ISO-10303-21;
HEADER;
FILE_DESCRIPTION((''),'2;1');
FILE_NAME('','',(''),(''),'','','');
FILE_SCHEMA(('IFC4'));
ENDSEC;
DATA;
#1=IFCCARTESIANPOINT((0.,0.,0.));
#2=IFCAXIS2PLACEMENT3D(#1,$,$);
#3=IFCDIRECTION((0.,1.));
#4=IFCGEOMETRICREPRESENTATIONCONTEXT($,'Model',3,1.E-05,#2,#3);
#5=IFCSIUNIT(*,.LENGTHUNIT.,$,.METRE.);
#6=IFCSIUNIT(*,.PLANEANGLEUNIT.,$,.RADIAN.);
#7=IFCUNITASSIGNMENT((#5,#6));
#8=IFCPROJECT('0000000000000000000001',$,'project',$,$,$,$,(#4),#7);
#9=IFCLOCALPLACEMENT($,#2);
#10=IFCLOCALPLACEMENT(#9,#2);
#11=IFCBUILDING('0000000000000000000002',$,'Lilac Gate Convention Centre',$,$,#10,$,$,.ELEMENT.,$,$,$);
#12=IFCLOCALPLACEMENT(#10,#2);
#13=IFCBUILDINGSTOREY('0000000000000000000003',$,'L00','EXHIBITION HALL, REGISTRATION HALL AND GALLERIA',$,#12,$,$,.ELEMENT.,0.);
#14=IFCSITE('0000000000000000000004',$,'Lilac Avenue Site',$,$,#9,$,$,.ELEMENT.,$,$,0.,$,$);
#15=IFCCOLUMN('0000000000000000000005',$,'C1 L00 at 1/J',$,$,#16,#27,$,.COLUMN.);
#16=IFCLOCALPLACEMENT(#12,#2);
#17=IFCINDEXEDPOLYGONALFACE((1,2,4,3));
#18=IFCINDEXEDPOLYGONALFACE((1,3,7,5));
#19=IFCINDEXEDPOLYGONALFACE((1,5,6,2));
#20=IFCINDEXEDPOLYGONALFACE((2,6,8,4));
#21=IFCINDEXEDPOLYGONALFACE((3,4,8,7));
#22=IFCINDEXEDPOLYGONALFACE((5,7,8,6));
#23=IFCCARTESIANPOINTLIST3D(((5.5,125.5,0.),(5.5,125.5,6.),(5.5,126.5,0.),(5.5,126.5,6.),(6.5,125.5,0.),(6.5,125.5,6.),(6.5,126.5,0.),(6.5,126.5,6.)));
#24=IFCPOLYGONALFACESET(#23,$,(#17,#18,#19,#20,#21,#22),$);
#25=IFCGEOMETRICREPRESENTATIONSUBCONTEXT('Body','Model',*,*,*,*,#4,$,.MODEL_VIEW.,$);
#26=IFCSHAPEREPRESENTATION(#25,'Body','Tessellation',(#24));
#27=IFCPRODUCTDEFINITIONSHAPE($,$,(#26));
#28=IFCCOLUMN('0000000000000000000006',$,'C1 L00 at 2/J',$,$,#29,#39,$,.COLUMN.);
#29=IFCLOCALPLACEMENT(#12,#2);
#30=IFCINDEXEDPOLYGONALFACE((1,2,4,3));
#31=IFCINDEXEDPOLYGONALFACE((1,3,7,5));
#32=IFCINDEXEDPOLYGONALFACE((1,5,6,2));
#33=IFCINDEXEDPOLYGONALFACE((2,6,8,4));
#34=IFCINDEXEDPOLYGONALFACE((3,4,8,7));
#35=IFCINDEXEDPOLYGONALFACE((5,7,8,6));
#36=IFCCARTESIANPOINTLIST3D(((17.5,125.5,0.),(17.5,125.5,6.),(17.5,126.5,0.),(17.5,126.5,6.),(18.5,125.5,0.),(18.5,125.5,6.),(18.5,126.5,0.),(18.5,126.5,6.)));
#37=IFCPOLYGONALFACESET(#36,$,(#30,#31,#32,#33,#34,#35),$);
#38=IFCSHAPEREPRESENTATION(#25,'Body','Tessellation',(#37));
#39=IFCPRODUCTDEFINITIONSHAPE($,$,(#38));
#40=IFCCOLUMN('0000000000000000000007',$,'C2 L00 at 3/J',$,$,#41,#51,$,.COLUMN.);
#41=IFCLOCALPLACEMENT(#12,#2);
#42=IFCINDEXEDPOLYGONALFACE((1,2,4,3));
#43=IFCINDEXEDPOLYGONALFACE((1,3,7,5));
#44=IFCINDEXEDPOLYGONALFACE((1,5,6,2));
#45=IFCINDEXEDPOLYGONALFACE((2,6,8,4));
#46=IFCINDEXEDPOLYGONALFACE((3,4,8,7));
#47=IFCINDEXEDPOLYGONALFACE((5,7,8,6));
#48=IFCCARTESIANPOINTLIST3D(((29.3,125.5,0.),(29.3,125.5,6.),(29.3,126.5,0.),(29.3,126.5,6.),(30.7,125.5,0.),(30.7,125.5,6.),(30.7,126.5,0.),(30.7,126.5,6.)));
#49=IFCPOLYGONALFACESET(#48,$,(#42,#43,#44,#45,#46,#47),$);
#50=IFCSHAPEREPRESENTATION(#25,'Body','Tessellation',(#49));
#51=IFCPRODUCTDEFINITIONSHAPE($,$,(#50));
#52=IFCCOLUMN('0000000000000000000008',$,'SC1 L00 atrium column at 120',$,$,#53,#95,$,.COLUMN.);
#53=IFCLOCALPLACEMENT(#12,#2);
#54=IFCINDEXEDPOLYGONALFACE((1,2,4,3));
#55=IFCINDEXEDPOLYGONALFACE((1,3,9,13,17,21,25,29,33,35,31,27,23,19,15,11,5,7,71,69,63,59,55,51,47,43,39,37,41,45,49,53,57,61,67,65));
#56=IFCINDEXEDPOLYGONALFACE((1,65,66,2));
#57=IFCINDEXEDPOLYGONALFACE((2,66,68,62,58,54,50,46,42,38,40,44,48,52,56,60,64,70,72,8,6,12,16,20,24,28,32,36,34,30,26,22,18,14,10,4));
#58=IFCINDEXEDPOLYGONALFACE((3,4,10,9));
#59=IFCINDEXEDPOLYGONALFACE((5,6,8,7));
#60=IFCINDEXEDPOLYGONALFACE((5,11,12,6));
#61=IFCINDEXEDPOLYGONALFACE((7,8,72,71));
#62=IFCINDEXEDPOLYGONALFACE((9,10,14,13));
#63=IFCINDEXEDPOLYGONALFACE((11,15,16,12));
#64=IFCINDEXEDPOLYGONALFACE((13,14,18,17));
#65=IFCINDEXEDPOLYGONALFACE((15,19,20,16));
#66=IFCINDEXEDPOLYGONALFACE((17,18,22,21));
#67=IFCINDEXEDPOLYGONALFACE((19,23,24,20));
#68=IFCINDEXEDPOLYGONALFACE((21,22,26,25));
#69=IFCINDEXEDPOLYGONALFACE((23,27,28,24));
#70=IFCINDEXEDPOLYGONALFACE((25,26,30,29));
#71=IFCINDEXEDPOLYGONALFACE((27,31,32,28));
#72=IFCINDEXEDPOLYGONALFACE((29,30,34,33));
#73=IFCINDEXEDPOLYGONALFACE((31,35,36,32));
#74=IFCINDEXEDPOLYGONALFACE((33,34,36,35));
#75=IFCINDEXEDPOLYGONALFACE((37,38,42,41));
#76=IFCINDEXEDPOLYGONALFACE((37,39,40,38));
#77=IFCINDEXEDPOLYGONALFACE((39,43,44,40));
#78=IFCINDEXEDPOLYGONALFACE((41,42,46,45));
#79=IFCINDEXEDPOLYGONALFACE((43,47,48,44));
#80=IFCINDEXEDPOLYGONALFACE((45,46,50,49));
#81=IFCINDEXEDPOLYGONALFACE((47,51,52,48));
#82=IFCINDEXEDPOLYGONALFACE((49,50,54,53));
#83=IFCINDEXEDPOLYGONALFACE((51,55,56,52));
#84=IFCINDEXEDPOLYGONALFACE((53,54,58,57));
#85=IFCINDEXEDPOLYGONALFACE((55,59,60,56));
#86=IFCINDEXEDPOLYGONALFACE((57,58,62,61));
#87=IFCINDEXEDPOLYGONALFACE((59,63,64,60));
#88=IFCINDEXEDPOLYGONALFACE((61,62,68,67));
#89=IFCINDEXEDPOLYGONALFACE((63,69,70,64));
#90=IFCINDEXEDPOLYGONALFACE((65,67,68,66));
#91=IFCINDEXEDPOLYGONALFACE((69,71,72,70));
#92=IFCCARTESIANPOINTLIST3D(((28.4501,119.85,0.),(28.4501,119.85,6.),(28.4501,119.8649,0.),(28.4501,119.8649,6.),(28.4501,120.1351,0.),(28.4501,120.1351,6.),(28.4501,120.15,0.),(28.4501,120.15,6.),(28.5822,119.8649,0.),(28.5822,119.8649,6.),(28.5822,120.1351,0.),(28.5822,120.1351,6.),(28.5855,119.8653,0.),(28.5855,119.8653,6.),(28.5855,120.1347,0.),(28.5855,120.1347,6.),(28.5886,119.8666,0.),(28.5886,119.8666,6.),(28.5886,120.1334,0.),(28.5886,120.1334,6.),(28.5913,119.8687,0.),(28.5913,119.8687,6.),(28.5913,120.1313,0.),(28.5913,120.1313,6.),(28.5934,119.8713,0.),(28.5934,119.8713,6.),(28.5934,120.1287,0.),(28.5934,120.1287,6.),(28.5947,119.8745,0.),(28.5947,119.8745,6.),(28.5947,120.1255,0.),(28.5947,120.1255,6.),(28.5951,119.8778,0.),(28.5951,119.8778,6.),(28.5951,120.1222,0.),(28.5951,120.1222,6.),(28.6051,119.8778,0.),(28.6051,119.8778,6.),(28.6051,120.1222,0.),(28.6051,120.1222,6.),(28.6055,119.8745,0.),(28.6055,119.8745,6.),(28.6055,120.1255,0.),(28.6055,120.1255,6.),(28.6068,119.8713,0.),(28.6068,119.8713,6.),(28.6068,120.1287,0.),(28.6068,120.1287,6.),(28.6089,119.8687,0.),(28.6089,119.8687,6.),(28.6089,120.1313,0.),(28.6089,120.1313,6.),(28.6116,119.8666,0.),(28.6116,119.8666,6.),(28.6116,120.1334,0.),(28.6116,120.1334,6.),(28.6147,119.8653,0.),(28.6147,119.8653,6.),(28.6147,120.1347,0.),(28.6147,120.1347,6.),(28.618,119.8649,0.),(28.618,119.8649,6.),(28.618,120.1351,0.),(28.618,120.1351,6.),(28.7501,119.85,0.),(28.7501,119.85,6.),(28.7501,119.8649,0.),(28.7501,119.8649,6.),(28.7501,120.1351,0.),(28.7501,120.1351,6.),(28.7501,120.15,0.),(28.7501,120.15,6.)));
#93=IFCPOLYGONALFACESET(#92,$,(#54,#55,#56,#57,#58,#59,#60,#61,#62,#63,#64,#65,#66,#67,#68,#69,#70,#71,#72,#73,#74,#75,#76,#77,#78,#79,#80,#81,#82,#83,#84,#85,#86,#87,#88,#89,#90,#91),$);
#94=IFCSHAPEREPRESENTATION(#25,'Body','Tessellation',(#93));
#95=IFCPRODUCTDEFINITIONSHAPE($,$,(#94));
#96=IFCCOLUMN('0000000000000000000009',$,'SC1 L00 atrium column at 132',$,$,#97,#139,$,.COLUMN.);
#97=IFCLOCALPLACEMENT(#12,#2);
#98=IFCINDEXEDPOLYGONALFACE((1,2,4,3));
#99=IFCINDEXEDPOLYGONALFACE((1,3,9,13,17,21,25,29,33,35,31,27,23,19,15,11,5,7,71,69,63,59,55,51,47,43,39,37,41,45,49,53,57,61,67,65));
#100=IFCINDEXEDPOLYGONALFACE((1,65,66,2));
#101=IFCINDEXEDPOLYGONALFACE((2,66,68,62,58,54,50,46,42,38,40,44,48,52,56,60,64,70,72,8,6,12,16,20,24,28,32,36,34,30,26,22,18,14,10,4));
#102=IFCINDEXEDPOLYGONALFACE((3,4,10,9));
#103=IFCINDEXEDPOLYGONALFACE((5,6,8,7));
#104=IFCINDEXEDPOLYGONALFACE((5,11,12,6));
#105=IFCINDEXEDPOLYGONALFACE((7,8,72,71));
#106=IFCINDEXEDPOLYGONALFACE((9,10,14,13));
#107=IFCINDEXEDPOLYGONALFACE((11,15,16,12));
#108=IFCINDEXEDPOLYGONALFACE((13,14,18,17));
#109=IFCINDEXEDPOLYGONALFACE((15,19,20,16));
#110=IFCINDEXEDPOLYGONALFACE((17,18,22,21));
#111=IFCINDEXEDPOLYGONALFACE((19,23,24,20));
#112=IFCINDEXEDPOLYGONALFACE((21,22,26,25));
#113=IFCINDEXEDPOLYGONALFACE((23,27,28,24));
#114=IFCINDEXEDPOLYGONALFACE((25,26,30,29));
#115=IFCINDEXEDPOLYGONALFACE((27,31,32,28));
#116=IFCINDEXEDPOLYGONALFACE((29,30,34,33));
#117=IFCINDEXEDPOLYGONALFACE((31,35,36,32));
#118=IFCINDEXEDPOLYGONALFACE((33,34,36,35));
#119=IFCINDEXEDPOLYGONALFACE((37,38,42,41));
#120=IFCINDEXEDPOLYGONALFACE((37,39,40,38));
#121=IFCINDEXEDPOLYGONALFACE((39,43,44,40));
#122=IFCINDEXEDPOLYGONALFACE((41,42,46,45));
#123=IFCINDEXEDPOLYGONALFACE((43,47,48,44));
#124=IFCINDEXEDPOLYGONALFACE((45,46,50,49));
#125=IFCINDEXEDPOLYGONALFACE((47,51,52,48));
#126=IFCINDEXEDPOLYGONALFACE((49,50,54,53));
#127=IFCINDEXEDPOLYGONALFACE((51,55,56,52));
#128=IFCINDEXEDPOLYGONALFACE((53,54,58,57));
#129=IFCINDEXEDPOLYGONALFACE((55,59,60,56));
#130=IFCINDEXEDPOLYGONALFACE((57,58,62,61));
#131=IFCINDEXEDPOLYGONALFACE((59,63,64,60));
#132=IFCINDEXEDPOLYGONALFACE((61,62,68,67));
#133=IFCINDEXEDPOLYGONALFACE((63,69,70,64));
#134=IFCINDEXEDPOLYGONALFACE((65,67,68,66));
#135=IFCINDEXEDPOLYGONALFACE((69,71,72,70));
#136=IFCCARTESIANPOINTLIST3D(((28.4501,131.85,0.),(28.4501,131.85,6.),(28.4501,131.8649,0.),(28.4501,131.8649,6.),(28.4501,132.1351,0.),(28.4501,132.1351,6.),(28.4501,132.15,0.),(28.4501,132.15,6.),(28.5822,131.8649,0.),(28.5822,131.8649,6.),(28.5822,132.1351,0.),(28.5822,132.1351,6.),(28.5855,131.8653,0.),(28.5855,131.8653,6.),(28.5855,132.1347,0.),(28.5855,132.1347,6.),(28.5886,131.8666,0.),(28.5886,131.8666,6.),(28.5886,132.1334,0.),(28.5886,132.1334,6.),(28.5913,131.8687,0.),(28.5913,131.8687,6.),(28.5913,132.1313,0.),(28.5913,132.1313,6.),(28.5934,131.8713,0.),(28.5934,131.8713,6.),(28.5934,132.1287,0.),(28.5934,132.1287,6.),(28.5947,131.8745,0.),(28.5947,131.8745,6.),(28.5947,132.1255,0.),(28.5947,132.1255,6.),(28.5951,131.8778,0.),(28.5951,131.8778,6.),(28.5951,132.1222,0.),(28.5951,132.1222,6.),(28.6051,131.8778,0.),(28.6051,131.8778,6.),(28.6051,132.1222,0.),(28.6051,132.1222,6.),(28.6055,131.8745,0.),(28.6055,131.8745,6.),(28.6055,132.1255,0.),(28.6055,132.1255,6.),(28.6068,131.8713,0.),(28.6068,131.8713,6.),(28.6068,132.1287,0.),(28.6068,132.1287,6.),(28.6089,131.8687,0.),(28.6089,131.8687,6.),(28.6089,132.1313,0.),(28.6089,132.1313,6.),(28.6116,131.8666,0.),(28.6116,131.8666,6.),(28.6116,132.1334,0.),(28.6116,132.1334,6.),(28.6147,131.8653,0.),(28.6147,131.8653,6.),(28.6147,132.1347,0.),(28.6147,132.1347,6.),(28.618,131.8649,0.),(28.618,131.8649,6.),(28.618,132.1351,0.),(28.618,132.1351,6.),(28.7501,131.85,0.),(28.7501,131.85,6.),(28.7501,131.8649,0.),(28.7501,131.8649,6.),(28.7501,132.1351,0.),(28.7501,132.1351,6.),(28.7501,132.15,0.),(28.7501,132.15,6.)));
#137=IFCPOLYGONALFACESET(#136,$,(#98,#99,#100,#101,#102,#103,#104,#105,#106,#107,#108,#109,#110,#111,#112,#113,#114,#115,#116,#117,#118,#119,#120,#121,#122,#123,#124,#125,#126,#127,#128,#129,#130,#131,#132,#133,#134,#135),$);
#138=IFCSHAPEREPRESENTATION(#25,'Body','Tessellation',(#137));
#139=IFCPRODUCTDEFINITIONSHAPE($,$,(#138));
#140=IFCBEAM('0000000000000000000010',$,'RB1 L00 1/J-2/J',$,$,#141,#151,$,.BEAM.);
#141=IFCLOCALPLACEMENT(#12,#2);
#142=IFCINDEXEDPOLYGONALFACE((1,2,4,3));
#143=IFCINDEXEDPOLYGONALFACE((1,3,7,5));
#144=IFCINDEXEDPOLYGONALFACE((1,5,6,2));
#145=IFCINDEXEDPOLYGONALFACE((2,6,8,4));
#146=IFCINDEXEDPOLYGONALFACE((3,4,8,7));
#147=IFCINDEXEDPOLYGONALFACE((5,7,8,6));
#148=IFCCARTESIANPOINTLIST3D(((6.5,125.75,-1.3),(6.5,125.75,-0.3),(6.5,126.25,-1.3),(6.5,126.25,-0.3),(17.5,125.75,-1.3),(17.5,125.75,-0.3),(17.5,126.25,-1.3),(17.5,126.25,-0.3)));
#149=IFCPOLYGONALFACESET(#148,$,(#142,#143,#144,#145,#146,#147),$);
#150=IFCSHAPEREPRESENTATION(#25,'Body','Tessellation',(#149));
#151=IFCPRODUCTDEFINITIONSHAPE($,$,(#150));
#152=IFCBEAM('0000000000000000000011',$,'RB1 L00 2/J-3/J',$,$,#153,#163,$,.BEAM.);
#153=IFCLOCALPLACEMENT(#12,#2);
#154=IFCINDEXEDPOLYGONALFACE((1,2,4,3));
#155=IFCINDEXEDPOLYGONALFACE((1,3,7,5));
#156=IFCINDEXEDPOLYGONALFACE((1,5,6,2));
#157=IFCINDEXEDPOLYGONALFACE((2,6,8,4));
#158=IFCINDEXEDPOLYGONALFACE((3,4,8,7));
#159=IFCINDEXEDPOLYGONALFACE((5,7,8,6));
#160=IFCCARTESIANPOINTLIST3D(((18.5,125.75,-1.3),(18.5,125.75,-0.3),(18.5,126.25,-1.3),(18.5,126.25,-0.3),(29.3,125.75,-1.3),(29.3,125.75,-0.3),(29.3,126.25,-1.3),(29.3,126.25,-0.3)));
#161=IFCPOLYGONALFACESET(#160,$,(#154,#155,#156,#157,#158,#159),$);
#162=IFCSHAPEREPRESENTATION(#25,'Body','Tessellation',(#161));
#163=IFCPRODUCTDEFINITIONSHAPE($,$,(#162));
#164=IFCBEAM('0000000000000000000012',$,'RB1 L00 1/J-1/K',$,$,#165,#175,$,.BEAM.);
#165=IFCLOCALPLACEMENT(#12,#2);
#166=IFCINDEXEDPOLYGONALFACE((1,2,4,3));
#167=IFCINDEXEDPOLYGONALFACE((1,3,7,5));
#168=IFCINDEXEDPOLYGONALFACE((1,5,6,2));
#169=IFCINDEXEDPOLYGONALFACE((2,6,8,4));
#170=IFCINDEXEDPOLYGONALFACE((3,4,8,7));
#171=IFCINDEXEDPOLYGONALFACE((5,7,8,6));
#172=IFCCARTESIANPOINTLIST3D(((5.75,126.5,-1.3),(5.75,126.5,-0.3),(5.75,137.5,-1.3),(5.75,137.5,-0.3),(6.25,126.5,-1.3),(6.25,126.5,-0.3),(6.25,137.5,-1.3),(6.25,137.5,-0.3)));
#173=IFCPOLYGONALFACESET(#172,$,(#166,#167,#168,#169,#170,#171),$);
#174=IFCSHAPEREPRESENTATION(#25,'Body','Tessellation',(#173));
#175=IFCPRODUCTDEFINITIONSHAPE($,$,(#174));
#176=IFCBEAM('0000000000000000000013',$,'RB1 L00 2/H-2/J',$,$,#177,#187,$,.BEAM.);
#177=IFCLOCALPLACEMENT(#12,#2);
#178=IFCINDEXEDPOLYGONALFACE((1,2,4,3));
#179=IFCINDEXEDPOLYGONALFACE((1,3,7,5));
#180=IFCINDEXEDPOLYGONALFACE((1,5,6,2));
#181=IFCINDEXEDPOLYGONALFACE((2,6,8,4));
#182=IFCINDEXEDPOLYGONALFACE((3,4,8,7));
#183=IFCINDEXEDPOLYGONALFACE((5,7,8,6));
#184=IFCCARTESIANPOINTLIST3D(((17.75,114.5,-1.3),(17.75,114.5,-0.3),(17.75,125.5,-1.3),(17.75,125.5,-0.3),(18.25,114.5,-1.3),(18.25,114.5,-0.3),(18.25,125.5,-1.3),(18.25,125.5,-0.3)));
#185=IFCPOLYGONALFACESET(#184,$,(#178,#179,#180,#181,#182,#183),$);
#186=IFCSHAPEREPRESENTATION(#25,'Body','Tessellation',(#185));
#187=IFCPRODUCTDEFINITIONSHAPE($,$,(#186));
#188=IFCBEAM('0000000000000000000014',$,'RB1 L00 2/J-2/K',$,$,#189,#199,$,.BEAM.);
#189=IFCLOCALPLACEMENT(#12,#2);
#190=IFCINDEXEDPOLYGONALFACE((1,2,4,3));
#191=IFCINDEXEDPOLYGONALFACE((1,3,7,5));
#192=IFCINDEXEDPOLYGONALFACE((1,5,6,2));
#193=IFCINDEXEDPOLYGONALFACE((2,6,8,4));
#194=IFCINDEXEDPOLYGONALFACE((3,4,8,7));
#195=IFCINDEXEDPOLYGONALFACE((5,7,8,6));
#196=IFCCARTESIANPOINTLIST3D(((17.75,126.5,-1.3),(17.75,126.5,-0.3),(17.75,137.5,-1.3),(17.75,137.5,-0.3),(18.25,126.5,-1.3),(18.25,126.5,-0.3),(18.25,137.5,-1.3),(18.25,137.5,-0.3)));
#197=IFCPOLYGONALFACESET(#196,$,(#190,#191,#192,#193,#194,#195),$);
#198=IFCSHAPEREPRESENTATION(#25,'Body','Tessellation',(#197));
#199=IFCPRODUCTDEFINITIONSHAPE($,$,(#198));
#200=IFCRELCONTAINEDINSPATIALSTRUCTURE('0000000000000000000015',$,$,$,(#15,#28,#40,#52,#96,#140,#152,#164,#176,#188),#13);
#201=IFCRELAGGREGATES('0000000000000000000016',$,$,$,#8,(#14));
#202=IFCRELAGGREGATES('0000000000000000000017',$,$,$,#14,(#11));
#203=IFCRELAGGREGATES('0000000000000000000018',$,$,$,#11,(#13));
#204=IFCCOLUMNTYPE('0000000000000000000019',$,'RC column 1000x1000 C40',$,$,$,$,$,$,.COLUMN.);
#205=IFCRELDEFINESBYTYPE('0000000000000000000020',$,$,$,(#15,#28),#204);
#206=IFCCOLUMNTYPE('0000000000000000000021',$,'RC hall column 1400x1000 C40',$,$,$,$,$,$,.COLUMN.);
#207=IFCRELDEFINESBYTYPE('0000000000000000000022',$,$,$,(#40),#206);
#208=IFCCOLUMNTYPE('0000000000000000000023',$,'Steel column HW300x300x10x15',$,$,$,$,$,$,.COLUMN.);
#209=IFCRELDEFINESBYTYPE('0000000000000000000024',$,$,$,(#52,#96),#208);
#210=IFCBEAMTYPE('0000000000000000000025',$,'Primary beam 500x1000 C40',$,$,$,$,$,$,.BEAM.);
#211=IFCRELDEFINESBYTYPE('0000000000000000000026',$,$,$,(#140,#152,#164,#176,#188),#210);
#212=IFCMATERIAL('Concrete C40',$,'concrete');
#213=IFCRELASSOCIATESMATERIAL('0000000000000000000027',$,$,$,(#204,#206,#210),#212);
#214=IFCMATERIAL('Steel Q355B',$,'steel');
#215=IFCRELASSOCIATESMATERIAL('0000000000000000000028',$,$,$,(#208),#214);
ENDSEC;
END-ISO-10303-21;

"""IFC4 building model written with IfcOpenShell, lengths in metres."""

from ifc_helpers import new_model, si_unit, direction, frame, origin, origin_2d, place, context, subcontext, project, spatial, rectangle, i_section, extrude, material, material_profile, profile_set, type_object, element, save


model = new_model("IFC4")

# Units and contexts
model_context = context("Model", 3, precision=1e-05, world=origin(), true_north=direction((0.0, 1.0)))
body_context = subcontext(model_context, "Body", "Model", "MODEL_VIEW")
ifc_project = project(units=[si_unit("LENGTHUNIT", "METRE"), si_unit("PLANEANGLEUNIT", "RADIAN")], contexts=[model_context])

# Site, building, storey
site_placement = place(None, origin())
site = spatial("IfcSite", under=ifc_project, at=site_placement, Name="Lilac Avenue Site", CompositionType="ELEMENT", RefElevation=0.0)
building_placement = place(site_placement, origin())
building = spatial("IfcBuilding", under=site, at=building_placement, Name="Lilac Gate Convention Centre", CompositionType="ELEMENT")
storey_placement = place(building_placement, origin())
storey = spatial("IfcBuildingStorey", under=building, at=storey_placement, Name="L00", Description="EXHIBITION HALL, REGISTRATION HALL AND GALLERIA", CompositionType="ELEMENT", Elevation=0.0)

# Columns
ifc_material_1 = material(Name="Concrete C40", Category="concrete")
ifc_material_profile_1 = material_profile(ifc_material_1, rectangle(XDim=1.0, YDim=1.0, at=origin_2d()), Name="RC 1000x1000")
ifc_profile_set_1 = profile_set([ifc_material_profile_1], Name="Concrete C40")
column_type_1 = type_object("IfcColumnType", Name="RC column 1000x1000 C40", PredefinedType="COLUMN", material=ifc_profile_set_1)
for number, where, z_axis, x_axis, name in (
    (1, (6.0, 126.0, 0.0), (0.0, 0.0, 1.0), (1.0, 0.0, 0.0), "C1 L00 at 1/J"),
    (2, (18.0, 126.0, 0.0), (0.0, 0.0, 1.0), (1.0, 0.0, 0.0), "C1 L00 at 2/J"),
):
    element("IfcColumn", number, at=place(storey_placement, frame(where, z_axis=z_axis, x_axis=x_axis)), inside=storey, type_object=column_type_1, Name=name, PredefinedType="COLUMN", context=body_context, shape_type="SweptSolid", body=[
        extrude(rectangle(XDim=1.0, YDim=1.0, at=origin_2d()), origin(), (0.0, 0.0, 1.0), 6.0),
    ])
ifc_material_profile_2 = material_profile(ifc_material_1, rectangle(XDim=1.3999, YDim=1.0, at=origin_2d()), Name="RC 1400x1000")
ifc_profile_set_2 = profile_set([ifc_material_profile_2], Name="Concrete C40")
column_type_2 = type_object("IfcColumnType", Name="RC hall column 1400x1000 C40", PredefinedType="COLUMN", material=ifc_profile_set_2)
column_placement = place(storey_placement, frame((30.0, 126.0, 0.0), z_axis=(0.0, 0.0, 1.0), x_axis=(1.0, 0.0, 0.0)))
element("IfcColumn", 3, at=column_placement, inside=storey, type_object=column_type_2, Name="C2 L00 at 3/J", PredefinedType="COLUMN", context=body_context, shape_type="SweptSolid", body=[
    extrude(rectangle(XDim=1.3999, YDim=1.0, at=origin_2d()), origin(), (0.0, 0.0, 1.0), 6.0),
])
ifc_material_2 = material(Name="Steel Q355B", Category="steel")
ifc_material_profile_3 = material_profile(ifc_material_2, i_section(OverallWidth=0.3, OverallDepth=0.3, WebThickness=0.01, FlangeThickness=0.0149, FilletRadius=0.0129, at=origin_2d()), Name="HW300x300x10x15")
ifc_profile_set_3 = profile_set([ifc_material_profile_3], Name="Steel Q355B")
column_type_3 = type_object("IfcColumnType", Name="Steel column HW300x300x10x15", PredefinedType="COLUMN", material=ifc_profile_set_3)
for number, where, z_axis, x_axis, name in (
    (4, (28.6001, 120.0, 0.0), (0.0, 0.0, 1.0), (1.0, 0.0, 0.0), "SC1 L00 atrium column at 120"),
    (5, (28.6001, 132.0, 0.0), (0.0, 0.0, 1.0), (1.0, 0.0, 0.0), "SC1 L00 atrium column at 132"),
):
    element("IfcColumn", number, at=place(storey_placement, frame(where, z_axis=z_axis, x_axis=x_axis)), inside=storey, type_object=column_type_3, Name=name, PredefinedType="COLUMN", context=body_context, shape_type="SweptSolid", body=[
        extrude(i_section(OverallWidth=0.3, OverallDepth=0.3, WebThickness=0.01, FlangeThickness=0.0149, FilletRadius=0.0129, at=origin_2d()), origin(), (0.0, 0.0, 1.0), 6.0),
    ])

# Beams
ifc_material_profile_4 = material_profile(ifc_material_1, rectangle(XDim=0.5, YDim=1.0, at=origin_2d()), Name="RC 500x1000")
ifc_profile_set_4 = profile_set([ifc_material_profile_4], Name="Concrete C40")
beam_type_1 = type_object("IfcBeamType", Name="Primary beam 500x1000 C40", PredefinedType="BEAM", material=ifc_profile_set_4)
beam_1_placement = place(storey_placement, frame((6.5, 126.0, -0.8), z_axis=(1.0, 0.0, 0.0), x_axis=(0.0, 1.0, 0.0)))
element("IfcBeam", 6, at=beam_1_placement, inside=storey, type_object=beam_type_1, Name="RB1 L00 1/J-2/J", PredefinedType="BEAM", context=body_context, shape_type="SweptSolid", body=[
    extrude(rectangle(XDim=0.5, YDim=1.0, at=origin_2d()), origin(), (0.0, 0.0, 1.0), 11.0),
])
beam_2_placement = place(storey_placement, frame((18.5, 126.0, -0.8), z_axis=(1.0, 0.0, 0.0), x_axis=(0.0, 1.0, 0.0)))
element("IfcBeam", 7, at=beam_2_placement, inside=storey, type_object=beam_type_1, Name="RB1 L00 2/J-3/J", PredefinedType="BEAM", context=body_context, shape_type="SweptSolid", body=[
    extrude(rectangle(XDim=0.5, YDim=1.0, at=origin_2d()), origin(), (0.0, 0.0, 1.0), 10.8),
])
for number, where, z_axis, x_axis, name in (
    (8, (6.0, 126.5, -0.8), (0.0, 1.0, 0.0), (-1.0, 0.0, 0.0), "RB1 L00 1/J-1/K"),
    (9, (18.0, 114.5, -0.8), (0.0, 1.0, 0.0), (-1.0, 0.0, 0.0), "RB1 L00 2/H-2/J"),
    (10, (18.0, 126.5, -0.8), (0.0, 1.0, 0.0), (-1.0, 0.0, 0.0), "RB1 L00 2/J-2/K"),
):
    element("IfcBeam", number, at=place(storey_placement, frame(where, z_axis=z_axis, x_axis=x_axis)), inside=storey, type_object=beam_type_1, Name=name, PredefinedType="BEAM", context=body_context, shape_type="SweptSolid", body=[
        extrude(rectangle(XDim=0.5, YDim=1.0, at=origin_2d()), origin(), (0.0, 0.0, 1.0), 11.0),
    ])

save(model, "model.ifc")
